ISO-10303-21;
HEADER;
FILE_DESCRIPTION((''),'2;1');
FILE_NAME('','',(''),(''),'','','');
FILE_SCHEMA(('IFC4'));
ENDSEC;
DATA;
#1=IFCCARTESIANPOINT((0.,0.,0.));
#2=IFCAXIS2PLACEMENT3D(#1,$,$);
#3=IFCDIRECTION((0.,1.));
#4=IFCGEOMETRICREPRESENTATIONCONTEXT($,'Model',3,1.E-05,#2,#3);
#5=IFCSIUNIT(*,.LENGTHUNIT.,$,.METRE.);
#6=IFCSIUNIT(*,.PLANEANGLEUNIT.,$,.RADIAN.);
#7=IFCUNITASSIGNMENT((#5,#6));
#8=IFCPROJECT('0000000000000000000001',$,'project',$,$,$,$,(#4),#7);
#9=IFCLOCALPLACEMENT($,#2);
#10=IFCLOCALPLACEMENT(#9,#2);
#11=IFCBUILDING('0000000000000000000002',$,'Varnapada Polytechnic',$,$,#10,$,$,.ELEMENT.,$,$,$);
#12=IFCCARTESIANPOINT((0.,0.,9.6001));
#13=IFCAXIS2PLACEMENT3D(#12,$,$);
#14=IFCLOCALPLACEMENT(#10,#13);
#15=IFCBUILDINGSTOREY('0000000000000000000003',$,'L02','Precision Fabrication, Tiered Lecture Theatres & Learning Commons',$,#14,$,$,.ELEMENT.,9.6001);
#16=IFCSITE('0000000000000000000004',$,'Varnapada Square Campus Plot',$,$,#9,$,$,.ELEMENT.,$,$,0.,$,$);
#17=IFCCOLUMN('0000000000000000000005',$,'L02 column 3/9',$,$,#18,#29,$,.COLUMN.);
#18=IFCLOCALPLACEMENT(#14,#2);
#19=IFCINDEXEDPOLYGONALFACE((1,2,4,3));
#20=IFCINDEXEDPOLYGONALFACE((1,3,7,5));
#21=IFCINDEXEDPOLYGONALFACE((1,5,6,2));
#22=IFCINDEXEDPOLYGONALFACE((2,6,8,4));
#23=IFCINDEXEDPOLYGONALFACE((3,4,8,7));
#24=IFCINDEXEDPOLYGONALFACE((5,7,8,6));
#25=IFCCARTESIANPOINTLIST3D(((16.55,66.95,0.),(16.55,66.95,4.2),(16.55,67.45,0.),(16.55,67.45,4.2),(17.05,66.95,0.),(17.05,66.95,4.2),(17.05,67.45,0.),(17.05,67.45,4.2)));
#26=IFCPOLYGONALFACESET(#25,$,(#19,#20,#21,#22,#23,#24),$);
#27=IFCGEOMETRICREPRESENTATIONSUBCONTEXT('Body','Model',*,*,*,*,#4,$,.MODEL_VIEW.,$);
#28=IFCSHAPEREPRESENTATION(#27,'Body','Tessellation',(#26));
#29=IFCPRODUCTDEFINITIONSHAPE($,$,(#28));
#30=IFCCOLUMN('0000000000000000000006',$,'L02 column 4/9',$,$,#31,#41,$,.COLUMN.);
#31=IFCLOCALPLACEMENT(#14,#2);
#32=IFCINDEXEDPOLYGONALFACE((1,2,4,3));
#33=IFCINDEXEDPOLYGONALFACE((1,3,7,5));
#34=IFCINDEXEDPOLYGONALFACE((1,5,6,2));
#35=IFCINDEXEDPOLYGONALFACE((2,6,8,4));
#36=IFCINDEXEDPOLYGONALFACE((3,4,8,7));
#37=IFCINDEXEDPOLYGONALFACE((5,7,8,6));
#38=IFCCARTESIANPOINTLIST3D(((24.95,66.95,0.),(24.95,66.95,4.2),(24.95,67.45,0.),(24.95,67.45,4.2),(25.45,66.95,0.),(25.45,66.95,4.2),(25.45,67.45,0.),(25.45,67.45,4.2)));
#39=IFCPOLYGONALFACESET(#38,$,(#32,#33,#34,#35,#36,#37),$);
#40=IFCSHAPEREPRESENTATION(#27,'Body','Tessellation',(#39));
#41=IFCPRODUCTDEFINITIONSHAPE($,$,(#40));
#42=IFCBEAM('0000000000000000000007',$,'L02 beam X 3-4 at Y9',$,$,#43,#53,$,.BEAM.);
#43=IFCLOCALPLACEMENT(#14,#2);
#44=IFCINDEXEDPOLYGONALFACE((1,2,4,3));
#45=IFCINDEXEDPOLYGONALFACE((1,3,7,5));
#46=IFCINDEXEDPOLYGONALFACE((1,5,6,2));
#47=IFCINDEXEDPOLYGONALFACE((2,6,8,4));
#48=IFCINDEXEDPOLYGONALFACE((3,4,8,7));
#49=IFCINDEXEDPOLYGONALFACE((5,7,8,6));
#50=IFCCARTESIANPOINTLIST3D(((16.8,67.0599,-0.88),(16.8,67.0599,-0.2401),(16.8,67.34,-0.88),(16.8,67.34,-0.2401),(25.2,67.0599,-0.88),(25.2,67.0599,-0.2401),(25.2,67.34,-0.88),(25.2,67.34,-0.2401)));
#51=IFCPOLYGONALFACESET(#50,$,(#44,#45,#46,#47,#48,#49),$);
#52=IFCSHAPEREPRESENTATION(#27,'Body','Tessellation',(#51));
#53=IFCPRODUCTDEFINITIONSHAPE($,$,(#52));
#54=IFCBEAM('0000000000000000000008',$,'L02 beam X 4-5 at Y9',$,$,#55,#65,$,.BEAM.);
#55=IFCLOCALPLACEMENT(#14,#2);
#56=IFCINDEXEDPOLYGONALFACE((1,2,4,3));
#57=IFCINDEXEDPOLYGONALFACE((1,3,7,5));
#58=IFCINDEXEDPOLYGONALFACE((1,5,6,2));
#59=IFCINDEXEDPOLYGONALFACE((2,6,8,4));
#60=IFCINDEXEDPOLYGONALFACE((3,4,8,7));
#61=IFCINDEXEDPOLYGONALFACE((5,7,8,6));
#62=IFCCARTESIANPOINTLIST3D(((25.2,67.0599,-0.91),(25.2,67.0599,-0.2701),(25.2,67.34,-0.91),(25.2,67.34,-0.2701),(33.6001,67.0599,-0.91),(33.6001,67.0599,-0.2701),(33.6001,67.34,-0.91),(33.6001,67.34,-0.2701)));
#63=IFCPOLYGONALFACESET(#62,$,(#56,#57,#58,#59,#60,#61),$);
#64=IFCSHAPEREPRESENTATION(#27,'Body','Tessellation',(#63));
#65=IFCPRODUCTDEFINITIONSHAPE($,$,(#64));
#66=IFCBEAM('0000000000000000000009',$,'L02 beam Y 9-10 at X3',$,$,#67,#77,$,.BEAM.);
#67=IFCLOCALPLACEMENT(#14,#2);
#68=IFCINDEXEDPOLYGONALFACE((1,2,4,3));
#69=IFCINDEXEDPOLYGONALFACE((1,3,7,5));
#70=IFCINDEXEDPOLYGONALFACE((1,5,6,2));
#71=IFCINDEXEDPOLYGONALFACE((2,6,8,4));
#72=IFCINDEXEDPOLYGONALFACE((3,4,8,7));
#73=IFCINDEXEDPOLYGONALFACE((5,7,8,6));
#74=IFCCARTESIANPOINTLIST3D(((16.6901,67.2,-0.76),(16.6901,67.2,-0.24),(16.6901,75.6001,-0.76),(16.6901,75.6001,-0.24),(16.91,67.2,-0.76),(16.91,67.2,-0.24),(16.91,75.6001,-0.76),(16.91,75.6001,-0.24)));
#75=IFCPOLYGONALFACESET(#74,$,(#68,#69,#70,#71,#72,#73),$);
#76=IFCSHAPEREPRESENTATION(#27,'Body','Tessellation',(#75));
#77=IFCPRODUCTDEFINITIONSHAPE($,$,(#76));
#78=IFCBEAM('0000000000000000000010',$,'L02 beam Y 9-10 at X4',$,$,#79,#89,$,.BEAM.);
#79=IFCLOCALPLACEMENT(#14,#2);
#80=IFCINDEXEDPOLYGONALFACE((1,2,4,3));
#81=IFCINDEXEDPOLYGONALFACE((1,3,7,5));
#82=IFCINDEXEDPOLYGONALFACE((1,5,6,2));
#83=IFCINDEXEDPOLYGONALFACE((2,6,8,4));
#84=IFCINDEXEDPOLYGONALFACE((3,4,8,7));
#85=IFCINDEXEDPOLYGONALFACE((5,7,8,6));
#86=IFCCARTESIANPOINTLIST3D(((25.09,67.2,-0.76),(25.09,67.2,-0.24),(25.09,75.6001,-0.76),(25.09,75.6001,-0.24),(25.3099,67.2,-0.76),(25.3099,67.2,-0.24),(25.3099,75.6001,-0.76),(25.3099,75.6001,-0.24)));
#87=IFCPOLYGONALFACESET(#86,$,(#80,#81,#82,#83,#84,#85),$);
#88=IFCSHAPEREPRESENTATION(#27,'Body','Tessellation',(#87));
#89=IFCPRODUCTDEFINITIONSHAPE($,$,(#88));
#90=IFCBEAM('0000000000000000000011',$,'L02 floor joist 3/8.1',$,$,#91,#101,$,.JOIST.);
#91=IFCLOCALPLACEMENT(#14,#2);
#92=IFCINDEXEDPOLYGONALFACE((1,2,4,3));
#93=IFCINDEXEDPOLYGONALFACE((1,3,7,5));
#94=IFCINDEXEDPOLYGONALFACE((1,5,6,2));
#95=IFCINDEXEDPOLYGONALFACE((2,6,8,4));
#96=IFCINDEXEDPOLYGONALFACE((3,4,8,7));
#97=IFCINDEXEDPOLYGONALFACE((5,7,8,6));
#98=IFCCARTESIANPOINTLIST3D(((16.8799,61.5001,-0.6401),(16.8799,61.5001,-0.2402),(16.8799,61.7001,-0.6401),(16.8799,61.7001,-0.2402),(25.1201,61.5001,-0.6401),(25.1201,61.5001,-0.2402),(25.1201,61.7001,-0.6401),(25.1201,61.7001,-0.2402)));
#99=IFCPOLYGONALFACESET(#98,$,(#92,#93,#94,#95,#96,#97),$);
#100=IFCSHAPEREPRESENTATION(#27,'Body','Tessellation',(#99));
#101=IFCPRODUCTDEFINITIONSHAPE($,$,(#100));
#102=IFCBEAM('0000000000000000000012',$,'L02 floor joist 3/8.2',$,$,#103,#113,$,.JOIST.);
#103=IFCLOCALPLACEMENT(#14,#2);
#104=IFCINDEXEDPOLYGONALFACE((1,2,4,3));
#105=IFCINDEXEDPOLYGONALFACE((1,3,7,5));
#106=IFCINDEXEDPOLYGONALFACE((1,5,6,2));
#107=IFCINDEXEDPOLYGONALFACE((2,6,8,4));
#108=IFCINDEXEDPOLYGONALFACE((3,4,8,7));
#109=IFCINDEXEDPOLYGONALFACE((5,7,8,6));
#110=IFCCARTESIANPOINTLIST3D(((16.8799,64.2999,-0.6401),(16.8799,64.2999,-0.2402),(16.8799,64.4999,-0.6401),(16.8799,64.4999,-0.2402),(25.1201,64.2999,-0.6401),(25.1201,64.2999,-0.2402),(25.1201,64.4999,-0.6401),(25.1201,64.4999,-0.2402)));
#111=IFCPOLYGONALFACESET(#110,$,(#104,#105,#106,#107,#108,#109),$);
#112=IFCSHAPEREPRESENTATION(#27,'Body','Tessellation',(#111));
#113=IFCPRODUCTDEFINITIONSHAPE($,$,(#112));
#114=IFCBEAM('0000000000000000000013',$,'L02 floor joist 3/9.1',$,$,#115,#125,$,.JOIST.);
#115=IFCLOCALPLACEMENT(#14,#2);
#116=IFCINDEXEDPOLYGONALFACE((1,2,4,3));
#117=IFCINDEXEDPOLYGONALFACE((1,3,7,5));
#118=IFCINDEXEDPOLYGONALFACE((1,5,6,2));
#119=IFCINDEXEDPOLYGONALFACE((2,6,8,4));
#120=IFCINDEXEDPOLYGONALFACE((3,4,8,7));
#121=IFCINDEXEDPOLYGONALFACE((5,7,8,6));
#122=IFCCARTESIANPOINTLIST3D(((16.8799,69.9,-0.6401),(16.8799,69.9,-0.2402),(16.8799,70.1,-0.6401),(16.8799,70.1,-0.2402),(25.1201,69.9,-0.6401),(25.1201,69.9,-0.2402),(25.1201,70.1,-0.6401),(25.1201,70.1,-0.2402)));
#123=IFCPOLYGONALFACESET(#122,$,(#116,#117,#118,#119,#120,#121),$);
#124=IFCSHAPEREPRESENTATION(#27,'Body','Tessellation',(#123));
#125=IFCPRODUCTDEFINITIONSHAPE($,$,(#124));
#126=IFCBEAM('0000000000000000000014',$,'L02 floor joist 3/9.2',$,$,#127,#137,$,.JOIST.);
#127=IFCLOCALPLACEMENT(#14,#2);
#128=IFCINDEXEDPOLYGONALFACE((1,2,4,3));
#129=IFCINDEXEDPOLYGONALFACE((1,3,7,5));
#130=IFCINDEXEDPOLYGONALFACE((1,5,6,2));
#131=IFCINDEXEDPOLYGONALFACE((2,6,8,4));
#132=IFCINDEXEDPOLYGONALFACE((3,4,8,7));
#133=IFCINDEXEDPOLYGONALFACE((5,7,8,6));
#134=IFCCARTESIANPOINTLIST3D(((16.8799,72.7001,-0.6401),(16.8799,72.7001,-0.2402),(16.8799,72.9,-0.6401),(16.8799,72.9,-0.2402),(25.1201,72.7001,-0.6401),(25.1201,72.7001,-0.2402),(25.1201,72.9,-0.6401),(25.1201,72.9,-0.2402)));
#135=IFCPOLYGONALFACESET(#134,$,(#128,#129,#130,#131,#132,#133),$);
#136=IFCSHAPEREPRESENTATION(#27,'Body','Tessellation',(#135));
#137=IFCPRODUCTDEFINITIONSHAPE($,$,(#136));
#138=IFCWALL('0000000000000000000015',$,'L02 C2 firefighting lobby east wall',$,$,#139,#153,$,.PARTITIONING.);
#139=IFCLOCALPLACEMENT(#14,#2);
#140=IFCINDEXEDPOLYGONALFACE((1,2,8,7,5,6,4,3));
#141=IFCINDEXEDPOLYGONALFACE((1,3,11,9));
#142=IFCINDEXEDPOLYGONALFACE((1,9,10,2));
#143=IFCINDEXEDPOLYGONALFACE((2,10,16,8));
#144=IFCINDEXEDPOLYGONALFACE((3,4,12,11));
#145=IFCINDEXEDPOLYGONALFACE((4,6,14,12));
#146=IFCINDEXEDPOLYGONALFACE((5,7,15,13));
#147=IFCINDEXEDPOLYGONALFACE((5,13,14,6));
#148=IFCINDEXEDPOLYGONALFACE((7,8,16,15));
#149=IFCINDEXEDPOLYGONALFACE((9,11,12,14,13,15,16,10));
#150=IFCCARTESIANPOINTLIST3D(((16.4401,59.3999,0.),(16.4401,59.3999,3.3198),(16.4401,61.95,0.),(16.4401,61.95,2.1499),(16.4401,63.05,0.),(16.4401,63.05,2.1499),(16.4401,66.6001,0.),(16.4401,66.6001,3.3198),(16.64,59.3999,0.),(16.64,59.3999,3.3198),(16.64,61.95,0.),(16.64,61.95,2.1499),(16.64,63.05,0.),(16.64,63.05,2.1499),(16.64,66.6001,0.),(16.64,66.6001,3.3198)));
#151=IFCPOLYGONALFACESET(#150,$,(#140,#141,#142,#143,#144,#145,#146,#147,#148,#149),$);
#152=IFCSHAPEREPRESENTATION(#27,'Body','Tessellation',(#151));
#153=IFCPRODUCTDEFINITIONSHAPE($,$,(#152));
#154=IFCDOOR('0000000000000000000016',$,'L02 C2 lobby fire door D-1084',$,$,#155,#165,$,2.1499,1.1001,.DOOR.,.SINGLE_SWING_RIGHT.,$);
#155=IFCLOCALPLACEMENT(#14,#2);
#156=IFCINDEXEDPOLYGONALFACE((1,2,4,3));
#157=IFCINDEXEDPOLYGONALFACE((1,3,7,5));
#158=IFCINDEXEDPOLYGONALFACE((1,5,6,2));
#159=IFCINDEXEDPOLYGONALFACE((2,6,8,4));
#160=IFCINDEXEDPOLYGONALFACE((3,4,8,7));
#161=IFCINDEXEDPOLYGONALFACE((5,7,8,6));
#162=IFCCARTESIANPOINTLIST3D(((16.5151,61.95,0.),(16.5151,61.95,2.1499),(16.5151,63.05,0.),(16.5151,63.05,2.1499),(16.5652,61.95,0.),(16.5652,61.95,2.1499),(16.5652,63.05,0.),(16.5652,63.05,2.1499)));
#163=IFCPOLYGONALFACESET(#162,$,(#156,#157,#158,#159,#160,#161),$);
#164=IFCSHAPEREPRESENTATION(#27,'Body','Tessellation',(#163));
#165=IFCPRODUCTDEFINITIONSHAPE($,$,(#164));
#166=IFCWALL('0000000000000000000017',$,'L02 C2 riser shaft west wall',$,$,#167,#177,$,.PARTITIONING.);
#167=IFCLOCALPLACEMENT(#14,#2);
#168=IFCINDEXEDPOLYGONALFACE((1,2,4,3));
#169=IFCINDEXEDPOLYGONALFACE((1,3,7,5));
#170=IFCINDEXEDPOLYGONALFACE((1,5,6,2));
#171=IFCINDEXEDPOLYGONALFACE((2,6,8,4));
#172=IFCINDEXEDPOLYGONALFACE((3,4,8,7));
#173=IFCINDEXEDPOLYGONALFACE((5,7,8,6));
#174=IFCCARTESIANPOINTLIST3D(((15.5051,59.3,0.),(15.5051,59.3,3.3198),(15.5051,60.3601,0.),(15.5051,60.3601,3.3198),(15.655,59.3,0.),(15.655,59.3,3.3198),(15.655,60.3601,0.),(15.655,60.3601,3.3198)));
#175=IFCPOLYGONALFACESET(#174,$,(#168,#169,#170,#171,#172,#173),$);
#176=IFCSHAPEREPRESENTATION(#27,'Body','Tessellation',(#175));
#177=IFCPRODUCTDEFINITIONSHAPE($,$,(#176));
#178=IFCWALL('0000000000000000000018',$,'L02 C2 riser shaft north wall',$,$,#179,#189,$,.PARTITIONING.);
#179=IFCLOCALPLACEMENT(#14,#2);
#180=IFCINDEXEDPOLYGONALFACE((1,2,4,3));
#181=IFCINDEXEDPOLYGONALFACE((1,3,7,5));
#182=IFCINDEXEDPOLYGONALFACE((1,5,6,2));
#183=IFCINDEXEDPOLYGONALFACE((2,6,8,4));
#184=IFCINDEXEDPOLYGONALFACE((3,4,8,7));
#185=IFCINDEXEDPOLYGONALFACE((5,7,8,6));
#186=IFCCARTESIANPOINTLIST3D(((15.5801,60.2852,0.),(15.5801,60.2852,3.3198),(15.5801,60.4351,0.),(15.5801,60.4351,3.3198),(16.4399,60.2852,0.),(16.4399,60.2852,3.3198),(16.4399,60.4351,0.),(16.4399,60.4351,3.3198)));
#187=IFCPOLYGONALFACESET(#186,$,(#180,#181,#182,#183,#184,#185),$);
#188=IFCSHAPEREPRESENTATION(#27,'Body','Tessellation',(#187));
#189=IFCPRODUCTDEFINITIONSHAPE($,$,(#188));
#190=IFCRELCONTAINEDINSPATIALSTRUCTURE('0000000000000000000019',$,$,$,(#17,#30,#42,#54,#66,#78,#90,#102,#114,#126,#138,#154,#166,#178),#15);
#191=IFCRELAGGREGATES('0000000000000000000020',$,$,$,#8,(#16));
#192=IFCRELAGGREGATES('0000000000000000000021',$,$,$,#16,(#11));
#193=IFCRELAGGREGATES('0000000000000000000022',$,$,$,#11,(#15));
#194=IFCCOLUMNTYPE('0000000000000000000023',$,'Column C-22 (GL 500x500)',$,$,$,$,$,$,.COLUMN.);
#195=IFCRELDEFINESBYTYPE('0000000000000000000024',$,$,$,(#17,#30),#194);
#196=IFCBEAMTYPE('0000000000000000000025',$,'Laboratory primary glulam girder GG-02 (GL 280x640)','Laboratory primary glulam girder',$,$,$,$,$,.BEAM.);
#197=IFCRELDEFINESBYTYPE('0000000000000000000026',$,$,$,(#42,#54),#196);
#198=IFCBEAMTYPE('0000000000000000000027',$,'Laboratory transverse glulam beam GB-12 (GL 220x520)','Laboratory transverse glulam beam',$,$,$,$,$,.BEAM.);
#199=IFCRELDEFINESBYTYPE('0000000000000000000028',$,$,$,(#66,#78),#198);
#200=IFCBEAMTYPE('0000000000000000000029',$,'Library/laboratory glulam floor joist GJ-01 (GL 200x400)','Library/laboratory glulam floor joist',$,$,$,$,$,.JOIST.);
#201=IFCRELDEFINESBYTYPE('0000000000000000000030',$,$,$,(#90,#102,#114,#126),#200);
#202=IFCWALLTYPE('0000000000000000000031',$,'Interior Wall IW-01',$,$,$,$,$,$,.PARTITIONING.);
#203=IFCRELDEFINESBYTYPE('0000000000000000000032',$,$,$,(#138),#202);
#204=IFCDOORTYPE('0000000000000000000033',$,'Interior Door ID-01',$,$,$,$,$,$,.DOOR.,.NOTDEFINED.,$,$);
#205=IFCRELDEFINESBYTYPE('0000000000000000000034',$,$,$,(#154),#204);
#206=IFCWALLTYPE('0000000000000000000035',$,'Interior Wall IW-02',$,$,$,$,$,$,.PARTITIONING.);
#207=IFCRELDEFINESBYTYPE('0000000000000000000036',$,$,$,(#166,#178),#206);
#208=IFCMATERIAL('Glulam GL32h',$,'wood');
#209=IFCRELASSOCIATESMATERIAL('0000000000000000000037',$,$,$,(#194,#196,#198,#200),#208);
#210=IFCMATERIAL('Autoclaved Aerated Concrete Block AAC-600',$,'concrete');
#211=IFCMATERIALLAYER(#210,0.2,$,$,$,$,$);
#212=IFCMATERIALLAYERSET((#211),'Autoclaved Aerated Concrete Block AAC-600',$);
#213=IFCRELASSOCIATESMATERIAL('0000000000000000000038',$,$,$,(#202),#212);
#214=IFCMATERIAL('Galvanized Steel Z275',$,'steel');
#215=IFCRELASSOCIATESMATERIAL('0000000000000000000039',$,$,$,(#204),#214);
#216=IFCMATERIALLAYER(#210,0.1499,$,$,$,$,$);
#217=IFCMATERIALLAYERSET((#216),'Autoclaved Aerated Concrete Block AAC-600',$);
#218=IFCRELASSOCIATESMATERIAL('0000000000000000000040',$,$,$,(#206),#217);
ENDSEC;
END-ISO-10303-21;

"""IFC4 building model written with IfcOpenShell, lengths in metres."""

from ifc_helpers import new_model, si_unit, direction, frame, frame_2d, origin, origin_2d, place, context, subcontext, project, spatial, rectangle, extrude, material, layer, layer_set, material_profile, profile_set, type_object, element, fill, save


model = new_model("IFC4")

# Units and contexts
model_context = context("Model", 3, precision=1e-05, world=origin(), true_north=direction((0.0, 1.0)))
body_context = subcontext(model_context, "Body", "Model", "MODEL_VIEW")
ifc_project = project(units=[si_unit("LENGTHUNIT", "METRE"), si_unit("PLANEANGLEUNIT", "RADIAN")], contexts=[model_context])

# Site, building, storey
site_placement = place(None, origin())
site = spatial("IfcSite", under=ifc_project, at=site_placement, Name="Varnapada Square Campus Plot", CompositionType="ELEMENT", RefElevation=0.0)
building_placement = place(site_placement, origin())
building = spatial("IfcBuilding", under=site, at=building_placement, Name="Varnapada Polytechnic", CompositionType="ELEMENT")
storey_placement = place(building_placement, frame((0.0, 0.0, 9.6001)))
storey = spatial("IfcBuildingStorey", under=building, at=storey_placement, Name="L02", Description="Precision Fabrication, Tiered Lecture Theatres & Learning Commons", CompositionType="ELEMENT", Elevation=9.6001)

# Columns
ifc_material_1 = material(Name="Glulam GL32h", Category="wood")
ifc_material_profile_1 = material_profile(ifc_material_1, rectangle(XDim=0.5, YDim=0.5, at=origin_2d()), Name="GL 500x500")
ifc_profile_set_1 = profile_set([ifc_material_profile_1], Name="Glulam GL32h")
column_type = type_object("IfcColumnType", Name="Column C-22 (GL 500x500)", PredefinedType="COLUMN", material=ifc_profile_set_1)
for number, where, z_axis, x_axis, name in (
    (1, (16.8, 67.2, 0.0), (0.0, 0.0, 1.0), (1.0, 0.0, 0.0), "L02 column 3/9"),
    (2, (25.2, 67.2, 0.0), (0.0, 0.0, 1.0), (1.0, 0.0, 0.0), "L02 column 4/9"),
):
    element("IfcColumn", number, at=place(storey_placement, frame(where, z_axis=z_axis, x_axis=x_axis)), inside=storey, type_object=column_type, Name=name, PredefinedType="COLUMN", context=body_context, shape_type="SweptSolid", body=[
        extrude(rectangle(XDim=0.5, YDim=0.5, at=origin_2d()), origin(), (0.0, 0.0, 1.0), 4.2),
    ])

# Beams
ifc_material_profile_2 = material_profile(ifc_material_1, rectangle(XDim=0.28, YDim=0.6399, at=origin_2d()), Name="GL 280x640")
ifc_profile_set_2 = profile_set([ifc_material_profile_2], Name="Glulam GL32h")
beam_type_1 = type_object("IfcBeamType", Name="Laboratory primary glulam girder GG-02 (GL 280x640)", Description="Laboratory primary glulam girder", PredefinedType="BEAM", material=ifc_profile_set_2)
beam_1_placement = place(storey_placement, frame((16.8, 67.2, -0.5601), z_axis=(1.0, 0.0, 0.0), x_axis=(0.0, 1.0, 0.0)))
element("IfcBeam", 3, at=beam_1_placement, inside=storey, type_object=beam_type_1, Name="L02 beam X 3-4 at Y9", PredefinedType="BEAM", context=body_context, shape_type="SweptSolid", body=[
    extrude(rectangle(XDim=0.28, YDim=0.6399, at=origin_2d()), origin(), (0.0, 0.0, 1.0), 8.3999),
])
beam_2_placement = place(storey_placement, frame((25.2, 67.2, -0.5901), z_axis=(1.0, 0.0, 0.0), x_axis=(0.0, 1.0, 0.0)))
element("IfcBeam", 4, at=beam_2_placement, inside=storey, type_object=beam_type_1, Name="L02 beam X 4-5 at Y9", PredefinedType="BEAM", context=body_context, shape_type="SweptSolid", body=[
    extrude(rectangle(XDim=0.28, YDim=0.6399, at=origin_2d()), origin(), (0.0, 0.0, 1.0), 8.4001),
])
ifc_material_profile_3 = material_profile(ifc_material_1, rectangle(XDim=0.22, YDim=0.52, at=origin_2d()), Name="GL 220x520")
ifc_profile_set_3 = profile_set([ifc_material_profile_3], Name="Glulam GL32h")
beam_type_2 = type_object("IfcBeamType", Name="Laboratory transverse glulam beam GB-12 (GL 220x520)", Description="Laboratory transverse glulam beam", PredefinedType="BEAM", material=ifc_profile_set_3)
for number, where, z_axis, x_axis, name in (
    (5, (16.8, 67.2, -0.5), (0.0, 1.0, 0.0), (-1.0, 0.0, 0.0), "L02 beam Y 9-10 at X3"),
    (6, (25.2, 67.2, -0.5), (0.0, 1.0, 0.0), (-1.0, 0.0, 0.0), "L02 beam Y 9-10 at X4"),
):
    element("IfcBeam", number, at=place(storey_placement, frame(where, z_axis=z_axis, x_axis=x_axis)), inside=storey, type_object=beam_type_2, Name=name, PredefinedType="BEAM", context=body_context, shape_type="SweptSolid", body=[
        extrude(rectangle(XDim=0.22, YDim=0.52, at=origin_2d()), origin(), (0.0, 0.0, 1.0), 8.4001),
    ])
ifc_material_profile_4 = material_profile(ifc_material_1, rectangle(XDim=0.2, YDim=0.3999, at=origin_2d()), Name="GL 200x400")
ifc_profile_set_4 = profile_set([ifc_material_profile_4], Name="Glulam GL32h")
beam_type_3 = type_object("IfcBeamType", Name="Library/laboratory glulam floor joist GJ-01 (GL 200x400)", Description="Library/laboratory glulam floor joist", PredefinedType="JOIST", material=ifc_profile_set_4)
for number, where, z_axis, x_axis, name in (
    (7, (16.8799, 61.6001, -0.4402), (1.0, 0.0, 0.0), (0.0, 1.0, 0.0), "L02 floor joist 3/8.1"),
    (8, (16.8799, 64.3999, -0.4402), (1.0, 0.0, 0.0), (0.0, 1.0, 0.0), "L02 floor joist 3/8.2"),
    (9, (16.8799, 70.0, -0.4402), (1.0, 0.0, 0.0), (0.0, 1.0, 0.0), "L02 floor joist 3/9.1"),
    (10, (16.8799, 72.8, -0.4402), (1.0, 0.0, 0.0), (0.0, 1.0, 0.0), "L02 floor joist 3/9.2"),
):
    element("IfcBeam", number, at=place(storey_placement, frame(where, z_axis=z_axis, x_axis=x_axis)), inside=storey, type_object=beam_type_3, Name=name, PredefinedType="JOIST", context=body_context, shape_type="SweptSolid", body=[
        extrude(rectangle(XDim=0.2, YDim=0.3999, at=origin_2d()), origin(), (0.0, 0.0, 1.0), 8.2402),
    ])

# Wall, opening, door
ifc_material_2 = material(Name="Autoclaved Aerated Concrete Block AAC-600", Category="concrete")
ifc_layer_1 = layer(ifc_material_2, 0.2)
ifc_layer_set_1 = layer_set([ifc_layer_1], Name="Autoclaved Aerated Concrete Block AAC-600")
wall_type_1 = type_object("IfcWallType", Name="Interior Wall IW-01", PredefinedType="PARTITIONING", material=ifc_layer_set_1)
wall_1_placement = place(storey_placement, frame((16.54, 66.6001, 0.0), z_axis=(0.0, 0.0, 1.0), x_axis=(0.0, -1.0, 0.0)))
wall_1 = element("IfcWall", 11, at=wall_1_placement, inside=storey, type_object=wall_type_1, Name="L02 C2 firefighting lobby east wall", PredefinedType="PARTITIONING", context=body_context, shape_type="SweptSolid", body=[
    extrude(rectangle(XDim=7.2002, YDim=0.2, at=frame_2d((3.6001, 0.0))), origin(), (0.0, 0.0, 1.0), 3.3198),
])
opening_1_placement = place(wall_1_placement, frame((3.55, 0.0, 0.0)))
opening_1 = element("IfcOpeningElement", 12, at=opening_1_placement, cuts=wall_1, PredefinedType="OPENING", context=body_context, shape_type="SweptSolid", body=[
    extrude(rectangle(XDim=1.1001, YDim=2.1499, at=frame_2d((0.55, 1.075))), frame((0.0, 0.1099, 0.0), z_axis=(0.0, -1.0, 0.0), x_axis=(1.0, 0.0, 0.0)), (0.0, 0.0, 1.0), 0.22),
])
ifc_material_3 = material(Name="Galvanized Steel Z275", Category="steel")
door_type_1 = type_object("IfcDoorType", Name="Interior Door ID-01", OperationType="NOTDEFINED", PredefinedType="DOOR", material=ifc_material_3)
door_1_placement = place(opening_1_placement, frame((1.1001, 0.0, 0.0), z_axis=(0.0, 0.0, 1.0), x_axis=(-1.0, 0.0, 0.0)))
door_1 = element("IfcDoor", 13, at=door_1_placement, inside=storey, type_object=door_type_1, Name="L02 C2 lobby fire door D-1084", OperationType="SINGLE_SWING_RIGHT", OverallHeight=2.1499, OverallWidth=1.1001, PredefinedType="DOOR", context=body_context, shape_type="SweptSolid", body=[
    extrude(rectangle(XDim=1.1001, YDim=2.1499, at=frame_2d((0.55, 1.075))), frame((0.0, 0.0249, 0.0), z_axis=(0.0, -1.0, 0.0), x_axis=(1.0, 0.0, 0.0)), (0.0, 0.0, 1.0), 0.05),
])
fill(opening_1, door_1)

# Walls
ifc_layer_2 = layer(ifc_material_2, 0.1499)
ifc_layer_set_2 = layer_set([ifc_layer_2], Name="Autoclaved Aerated Concrete Block AAC-600")
wall_type_2 = type_object("IfcWallType", Name="Interior Wall IW-02", PredefinedType="PARTITIONING", material=ifc_layer_set_2)
wall_2_placement = place(storey_placement, frame((15.5801, 60.3601, 0.0), z_axis=(0.0, 0.0, 1.0), x_axis=(0.0, -1.0, 0.0)))
element("IfcWall", 14, at=wall_2_placement, inside=storey, type_object=wall_type_2, Name="L02 C2 riser shaft west wall", PredefinedType="PARTITIONING", context=body_context, shape_type="SweptSolid", body=[
    extrude(rectangle(XDim=1.0601, YDim=0.1499, at=frame_2d((0.53, 0.0))), origin(), (0.0, 0.0, 1.0), 3.3198),
])
wall_3_placement = place(storey_placement, frame((15.5801, 60.3601, 0.0), z_axis=(0.0, 0.0, 1.0), x_axis=(1.0, 0.0, 0.0)))
element("IfcWall", 15, at=wall_3_placement, inside=storey, type_object=wall_type_2, Name="L02 C2 riser shaft north wall", PredefinedType="PARTITIONING", context=body_context, shape_type="SweptSolid", body=[
    extrude(rectangle(XDim=0.8599, YDim=0.1499, at=frame_2d((0.4299, 0.0))), origin(), (0.0, 0.0, 1.0), 3.3198),
])

save(model, "model.ifc")
